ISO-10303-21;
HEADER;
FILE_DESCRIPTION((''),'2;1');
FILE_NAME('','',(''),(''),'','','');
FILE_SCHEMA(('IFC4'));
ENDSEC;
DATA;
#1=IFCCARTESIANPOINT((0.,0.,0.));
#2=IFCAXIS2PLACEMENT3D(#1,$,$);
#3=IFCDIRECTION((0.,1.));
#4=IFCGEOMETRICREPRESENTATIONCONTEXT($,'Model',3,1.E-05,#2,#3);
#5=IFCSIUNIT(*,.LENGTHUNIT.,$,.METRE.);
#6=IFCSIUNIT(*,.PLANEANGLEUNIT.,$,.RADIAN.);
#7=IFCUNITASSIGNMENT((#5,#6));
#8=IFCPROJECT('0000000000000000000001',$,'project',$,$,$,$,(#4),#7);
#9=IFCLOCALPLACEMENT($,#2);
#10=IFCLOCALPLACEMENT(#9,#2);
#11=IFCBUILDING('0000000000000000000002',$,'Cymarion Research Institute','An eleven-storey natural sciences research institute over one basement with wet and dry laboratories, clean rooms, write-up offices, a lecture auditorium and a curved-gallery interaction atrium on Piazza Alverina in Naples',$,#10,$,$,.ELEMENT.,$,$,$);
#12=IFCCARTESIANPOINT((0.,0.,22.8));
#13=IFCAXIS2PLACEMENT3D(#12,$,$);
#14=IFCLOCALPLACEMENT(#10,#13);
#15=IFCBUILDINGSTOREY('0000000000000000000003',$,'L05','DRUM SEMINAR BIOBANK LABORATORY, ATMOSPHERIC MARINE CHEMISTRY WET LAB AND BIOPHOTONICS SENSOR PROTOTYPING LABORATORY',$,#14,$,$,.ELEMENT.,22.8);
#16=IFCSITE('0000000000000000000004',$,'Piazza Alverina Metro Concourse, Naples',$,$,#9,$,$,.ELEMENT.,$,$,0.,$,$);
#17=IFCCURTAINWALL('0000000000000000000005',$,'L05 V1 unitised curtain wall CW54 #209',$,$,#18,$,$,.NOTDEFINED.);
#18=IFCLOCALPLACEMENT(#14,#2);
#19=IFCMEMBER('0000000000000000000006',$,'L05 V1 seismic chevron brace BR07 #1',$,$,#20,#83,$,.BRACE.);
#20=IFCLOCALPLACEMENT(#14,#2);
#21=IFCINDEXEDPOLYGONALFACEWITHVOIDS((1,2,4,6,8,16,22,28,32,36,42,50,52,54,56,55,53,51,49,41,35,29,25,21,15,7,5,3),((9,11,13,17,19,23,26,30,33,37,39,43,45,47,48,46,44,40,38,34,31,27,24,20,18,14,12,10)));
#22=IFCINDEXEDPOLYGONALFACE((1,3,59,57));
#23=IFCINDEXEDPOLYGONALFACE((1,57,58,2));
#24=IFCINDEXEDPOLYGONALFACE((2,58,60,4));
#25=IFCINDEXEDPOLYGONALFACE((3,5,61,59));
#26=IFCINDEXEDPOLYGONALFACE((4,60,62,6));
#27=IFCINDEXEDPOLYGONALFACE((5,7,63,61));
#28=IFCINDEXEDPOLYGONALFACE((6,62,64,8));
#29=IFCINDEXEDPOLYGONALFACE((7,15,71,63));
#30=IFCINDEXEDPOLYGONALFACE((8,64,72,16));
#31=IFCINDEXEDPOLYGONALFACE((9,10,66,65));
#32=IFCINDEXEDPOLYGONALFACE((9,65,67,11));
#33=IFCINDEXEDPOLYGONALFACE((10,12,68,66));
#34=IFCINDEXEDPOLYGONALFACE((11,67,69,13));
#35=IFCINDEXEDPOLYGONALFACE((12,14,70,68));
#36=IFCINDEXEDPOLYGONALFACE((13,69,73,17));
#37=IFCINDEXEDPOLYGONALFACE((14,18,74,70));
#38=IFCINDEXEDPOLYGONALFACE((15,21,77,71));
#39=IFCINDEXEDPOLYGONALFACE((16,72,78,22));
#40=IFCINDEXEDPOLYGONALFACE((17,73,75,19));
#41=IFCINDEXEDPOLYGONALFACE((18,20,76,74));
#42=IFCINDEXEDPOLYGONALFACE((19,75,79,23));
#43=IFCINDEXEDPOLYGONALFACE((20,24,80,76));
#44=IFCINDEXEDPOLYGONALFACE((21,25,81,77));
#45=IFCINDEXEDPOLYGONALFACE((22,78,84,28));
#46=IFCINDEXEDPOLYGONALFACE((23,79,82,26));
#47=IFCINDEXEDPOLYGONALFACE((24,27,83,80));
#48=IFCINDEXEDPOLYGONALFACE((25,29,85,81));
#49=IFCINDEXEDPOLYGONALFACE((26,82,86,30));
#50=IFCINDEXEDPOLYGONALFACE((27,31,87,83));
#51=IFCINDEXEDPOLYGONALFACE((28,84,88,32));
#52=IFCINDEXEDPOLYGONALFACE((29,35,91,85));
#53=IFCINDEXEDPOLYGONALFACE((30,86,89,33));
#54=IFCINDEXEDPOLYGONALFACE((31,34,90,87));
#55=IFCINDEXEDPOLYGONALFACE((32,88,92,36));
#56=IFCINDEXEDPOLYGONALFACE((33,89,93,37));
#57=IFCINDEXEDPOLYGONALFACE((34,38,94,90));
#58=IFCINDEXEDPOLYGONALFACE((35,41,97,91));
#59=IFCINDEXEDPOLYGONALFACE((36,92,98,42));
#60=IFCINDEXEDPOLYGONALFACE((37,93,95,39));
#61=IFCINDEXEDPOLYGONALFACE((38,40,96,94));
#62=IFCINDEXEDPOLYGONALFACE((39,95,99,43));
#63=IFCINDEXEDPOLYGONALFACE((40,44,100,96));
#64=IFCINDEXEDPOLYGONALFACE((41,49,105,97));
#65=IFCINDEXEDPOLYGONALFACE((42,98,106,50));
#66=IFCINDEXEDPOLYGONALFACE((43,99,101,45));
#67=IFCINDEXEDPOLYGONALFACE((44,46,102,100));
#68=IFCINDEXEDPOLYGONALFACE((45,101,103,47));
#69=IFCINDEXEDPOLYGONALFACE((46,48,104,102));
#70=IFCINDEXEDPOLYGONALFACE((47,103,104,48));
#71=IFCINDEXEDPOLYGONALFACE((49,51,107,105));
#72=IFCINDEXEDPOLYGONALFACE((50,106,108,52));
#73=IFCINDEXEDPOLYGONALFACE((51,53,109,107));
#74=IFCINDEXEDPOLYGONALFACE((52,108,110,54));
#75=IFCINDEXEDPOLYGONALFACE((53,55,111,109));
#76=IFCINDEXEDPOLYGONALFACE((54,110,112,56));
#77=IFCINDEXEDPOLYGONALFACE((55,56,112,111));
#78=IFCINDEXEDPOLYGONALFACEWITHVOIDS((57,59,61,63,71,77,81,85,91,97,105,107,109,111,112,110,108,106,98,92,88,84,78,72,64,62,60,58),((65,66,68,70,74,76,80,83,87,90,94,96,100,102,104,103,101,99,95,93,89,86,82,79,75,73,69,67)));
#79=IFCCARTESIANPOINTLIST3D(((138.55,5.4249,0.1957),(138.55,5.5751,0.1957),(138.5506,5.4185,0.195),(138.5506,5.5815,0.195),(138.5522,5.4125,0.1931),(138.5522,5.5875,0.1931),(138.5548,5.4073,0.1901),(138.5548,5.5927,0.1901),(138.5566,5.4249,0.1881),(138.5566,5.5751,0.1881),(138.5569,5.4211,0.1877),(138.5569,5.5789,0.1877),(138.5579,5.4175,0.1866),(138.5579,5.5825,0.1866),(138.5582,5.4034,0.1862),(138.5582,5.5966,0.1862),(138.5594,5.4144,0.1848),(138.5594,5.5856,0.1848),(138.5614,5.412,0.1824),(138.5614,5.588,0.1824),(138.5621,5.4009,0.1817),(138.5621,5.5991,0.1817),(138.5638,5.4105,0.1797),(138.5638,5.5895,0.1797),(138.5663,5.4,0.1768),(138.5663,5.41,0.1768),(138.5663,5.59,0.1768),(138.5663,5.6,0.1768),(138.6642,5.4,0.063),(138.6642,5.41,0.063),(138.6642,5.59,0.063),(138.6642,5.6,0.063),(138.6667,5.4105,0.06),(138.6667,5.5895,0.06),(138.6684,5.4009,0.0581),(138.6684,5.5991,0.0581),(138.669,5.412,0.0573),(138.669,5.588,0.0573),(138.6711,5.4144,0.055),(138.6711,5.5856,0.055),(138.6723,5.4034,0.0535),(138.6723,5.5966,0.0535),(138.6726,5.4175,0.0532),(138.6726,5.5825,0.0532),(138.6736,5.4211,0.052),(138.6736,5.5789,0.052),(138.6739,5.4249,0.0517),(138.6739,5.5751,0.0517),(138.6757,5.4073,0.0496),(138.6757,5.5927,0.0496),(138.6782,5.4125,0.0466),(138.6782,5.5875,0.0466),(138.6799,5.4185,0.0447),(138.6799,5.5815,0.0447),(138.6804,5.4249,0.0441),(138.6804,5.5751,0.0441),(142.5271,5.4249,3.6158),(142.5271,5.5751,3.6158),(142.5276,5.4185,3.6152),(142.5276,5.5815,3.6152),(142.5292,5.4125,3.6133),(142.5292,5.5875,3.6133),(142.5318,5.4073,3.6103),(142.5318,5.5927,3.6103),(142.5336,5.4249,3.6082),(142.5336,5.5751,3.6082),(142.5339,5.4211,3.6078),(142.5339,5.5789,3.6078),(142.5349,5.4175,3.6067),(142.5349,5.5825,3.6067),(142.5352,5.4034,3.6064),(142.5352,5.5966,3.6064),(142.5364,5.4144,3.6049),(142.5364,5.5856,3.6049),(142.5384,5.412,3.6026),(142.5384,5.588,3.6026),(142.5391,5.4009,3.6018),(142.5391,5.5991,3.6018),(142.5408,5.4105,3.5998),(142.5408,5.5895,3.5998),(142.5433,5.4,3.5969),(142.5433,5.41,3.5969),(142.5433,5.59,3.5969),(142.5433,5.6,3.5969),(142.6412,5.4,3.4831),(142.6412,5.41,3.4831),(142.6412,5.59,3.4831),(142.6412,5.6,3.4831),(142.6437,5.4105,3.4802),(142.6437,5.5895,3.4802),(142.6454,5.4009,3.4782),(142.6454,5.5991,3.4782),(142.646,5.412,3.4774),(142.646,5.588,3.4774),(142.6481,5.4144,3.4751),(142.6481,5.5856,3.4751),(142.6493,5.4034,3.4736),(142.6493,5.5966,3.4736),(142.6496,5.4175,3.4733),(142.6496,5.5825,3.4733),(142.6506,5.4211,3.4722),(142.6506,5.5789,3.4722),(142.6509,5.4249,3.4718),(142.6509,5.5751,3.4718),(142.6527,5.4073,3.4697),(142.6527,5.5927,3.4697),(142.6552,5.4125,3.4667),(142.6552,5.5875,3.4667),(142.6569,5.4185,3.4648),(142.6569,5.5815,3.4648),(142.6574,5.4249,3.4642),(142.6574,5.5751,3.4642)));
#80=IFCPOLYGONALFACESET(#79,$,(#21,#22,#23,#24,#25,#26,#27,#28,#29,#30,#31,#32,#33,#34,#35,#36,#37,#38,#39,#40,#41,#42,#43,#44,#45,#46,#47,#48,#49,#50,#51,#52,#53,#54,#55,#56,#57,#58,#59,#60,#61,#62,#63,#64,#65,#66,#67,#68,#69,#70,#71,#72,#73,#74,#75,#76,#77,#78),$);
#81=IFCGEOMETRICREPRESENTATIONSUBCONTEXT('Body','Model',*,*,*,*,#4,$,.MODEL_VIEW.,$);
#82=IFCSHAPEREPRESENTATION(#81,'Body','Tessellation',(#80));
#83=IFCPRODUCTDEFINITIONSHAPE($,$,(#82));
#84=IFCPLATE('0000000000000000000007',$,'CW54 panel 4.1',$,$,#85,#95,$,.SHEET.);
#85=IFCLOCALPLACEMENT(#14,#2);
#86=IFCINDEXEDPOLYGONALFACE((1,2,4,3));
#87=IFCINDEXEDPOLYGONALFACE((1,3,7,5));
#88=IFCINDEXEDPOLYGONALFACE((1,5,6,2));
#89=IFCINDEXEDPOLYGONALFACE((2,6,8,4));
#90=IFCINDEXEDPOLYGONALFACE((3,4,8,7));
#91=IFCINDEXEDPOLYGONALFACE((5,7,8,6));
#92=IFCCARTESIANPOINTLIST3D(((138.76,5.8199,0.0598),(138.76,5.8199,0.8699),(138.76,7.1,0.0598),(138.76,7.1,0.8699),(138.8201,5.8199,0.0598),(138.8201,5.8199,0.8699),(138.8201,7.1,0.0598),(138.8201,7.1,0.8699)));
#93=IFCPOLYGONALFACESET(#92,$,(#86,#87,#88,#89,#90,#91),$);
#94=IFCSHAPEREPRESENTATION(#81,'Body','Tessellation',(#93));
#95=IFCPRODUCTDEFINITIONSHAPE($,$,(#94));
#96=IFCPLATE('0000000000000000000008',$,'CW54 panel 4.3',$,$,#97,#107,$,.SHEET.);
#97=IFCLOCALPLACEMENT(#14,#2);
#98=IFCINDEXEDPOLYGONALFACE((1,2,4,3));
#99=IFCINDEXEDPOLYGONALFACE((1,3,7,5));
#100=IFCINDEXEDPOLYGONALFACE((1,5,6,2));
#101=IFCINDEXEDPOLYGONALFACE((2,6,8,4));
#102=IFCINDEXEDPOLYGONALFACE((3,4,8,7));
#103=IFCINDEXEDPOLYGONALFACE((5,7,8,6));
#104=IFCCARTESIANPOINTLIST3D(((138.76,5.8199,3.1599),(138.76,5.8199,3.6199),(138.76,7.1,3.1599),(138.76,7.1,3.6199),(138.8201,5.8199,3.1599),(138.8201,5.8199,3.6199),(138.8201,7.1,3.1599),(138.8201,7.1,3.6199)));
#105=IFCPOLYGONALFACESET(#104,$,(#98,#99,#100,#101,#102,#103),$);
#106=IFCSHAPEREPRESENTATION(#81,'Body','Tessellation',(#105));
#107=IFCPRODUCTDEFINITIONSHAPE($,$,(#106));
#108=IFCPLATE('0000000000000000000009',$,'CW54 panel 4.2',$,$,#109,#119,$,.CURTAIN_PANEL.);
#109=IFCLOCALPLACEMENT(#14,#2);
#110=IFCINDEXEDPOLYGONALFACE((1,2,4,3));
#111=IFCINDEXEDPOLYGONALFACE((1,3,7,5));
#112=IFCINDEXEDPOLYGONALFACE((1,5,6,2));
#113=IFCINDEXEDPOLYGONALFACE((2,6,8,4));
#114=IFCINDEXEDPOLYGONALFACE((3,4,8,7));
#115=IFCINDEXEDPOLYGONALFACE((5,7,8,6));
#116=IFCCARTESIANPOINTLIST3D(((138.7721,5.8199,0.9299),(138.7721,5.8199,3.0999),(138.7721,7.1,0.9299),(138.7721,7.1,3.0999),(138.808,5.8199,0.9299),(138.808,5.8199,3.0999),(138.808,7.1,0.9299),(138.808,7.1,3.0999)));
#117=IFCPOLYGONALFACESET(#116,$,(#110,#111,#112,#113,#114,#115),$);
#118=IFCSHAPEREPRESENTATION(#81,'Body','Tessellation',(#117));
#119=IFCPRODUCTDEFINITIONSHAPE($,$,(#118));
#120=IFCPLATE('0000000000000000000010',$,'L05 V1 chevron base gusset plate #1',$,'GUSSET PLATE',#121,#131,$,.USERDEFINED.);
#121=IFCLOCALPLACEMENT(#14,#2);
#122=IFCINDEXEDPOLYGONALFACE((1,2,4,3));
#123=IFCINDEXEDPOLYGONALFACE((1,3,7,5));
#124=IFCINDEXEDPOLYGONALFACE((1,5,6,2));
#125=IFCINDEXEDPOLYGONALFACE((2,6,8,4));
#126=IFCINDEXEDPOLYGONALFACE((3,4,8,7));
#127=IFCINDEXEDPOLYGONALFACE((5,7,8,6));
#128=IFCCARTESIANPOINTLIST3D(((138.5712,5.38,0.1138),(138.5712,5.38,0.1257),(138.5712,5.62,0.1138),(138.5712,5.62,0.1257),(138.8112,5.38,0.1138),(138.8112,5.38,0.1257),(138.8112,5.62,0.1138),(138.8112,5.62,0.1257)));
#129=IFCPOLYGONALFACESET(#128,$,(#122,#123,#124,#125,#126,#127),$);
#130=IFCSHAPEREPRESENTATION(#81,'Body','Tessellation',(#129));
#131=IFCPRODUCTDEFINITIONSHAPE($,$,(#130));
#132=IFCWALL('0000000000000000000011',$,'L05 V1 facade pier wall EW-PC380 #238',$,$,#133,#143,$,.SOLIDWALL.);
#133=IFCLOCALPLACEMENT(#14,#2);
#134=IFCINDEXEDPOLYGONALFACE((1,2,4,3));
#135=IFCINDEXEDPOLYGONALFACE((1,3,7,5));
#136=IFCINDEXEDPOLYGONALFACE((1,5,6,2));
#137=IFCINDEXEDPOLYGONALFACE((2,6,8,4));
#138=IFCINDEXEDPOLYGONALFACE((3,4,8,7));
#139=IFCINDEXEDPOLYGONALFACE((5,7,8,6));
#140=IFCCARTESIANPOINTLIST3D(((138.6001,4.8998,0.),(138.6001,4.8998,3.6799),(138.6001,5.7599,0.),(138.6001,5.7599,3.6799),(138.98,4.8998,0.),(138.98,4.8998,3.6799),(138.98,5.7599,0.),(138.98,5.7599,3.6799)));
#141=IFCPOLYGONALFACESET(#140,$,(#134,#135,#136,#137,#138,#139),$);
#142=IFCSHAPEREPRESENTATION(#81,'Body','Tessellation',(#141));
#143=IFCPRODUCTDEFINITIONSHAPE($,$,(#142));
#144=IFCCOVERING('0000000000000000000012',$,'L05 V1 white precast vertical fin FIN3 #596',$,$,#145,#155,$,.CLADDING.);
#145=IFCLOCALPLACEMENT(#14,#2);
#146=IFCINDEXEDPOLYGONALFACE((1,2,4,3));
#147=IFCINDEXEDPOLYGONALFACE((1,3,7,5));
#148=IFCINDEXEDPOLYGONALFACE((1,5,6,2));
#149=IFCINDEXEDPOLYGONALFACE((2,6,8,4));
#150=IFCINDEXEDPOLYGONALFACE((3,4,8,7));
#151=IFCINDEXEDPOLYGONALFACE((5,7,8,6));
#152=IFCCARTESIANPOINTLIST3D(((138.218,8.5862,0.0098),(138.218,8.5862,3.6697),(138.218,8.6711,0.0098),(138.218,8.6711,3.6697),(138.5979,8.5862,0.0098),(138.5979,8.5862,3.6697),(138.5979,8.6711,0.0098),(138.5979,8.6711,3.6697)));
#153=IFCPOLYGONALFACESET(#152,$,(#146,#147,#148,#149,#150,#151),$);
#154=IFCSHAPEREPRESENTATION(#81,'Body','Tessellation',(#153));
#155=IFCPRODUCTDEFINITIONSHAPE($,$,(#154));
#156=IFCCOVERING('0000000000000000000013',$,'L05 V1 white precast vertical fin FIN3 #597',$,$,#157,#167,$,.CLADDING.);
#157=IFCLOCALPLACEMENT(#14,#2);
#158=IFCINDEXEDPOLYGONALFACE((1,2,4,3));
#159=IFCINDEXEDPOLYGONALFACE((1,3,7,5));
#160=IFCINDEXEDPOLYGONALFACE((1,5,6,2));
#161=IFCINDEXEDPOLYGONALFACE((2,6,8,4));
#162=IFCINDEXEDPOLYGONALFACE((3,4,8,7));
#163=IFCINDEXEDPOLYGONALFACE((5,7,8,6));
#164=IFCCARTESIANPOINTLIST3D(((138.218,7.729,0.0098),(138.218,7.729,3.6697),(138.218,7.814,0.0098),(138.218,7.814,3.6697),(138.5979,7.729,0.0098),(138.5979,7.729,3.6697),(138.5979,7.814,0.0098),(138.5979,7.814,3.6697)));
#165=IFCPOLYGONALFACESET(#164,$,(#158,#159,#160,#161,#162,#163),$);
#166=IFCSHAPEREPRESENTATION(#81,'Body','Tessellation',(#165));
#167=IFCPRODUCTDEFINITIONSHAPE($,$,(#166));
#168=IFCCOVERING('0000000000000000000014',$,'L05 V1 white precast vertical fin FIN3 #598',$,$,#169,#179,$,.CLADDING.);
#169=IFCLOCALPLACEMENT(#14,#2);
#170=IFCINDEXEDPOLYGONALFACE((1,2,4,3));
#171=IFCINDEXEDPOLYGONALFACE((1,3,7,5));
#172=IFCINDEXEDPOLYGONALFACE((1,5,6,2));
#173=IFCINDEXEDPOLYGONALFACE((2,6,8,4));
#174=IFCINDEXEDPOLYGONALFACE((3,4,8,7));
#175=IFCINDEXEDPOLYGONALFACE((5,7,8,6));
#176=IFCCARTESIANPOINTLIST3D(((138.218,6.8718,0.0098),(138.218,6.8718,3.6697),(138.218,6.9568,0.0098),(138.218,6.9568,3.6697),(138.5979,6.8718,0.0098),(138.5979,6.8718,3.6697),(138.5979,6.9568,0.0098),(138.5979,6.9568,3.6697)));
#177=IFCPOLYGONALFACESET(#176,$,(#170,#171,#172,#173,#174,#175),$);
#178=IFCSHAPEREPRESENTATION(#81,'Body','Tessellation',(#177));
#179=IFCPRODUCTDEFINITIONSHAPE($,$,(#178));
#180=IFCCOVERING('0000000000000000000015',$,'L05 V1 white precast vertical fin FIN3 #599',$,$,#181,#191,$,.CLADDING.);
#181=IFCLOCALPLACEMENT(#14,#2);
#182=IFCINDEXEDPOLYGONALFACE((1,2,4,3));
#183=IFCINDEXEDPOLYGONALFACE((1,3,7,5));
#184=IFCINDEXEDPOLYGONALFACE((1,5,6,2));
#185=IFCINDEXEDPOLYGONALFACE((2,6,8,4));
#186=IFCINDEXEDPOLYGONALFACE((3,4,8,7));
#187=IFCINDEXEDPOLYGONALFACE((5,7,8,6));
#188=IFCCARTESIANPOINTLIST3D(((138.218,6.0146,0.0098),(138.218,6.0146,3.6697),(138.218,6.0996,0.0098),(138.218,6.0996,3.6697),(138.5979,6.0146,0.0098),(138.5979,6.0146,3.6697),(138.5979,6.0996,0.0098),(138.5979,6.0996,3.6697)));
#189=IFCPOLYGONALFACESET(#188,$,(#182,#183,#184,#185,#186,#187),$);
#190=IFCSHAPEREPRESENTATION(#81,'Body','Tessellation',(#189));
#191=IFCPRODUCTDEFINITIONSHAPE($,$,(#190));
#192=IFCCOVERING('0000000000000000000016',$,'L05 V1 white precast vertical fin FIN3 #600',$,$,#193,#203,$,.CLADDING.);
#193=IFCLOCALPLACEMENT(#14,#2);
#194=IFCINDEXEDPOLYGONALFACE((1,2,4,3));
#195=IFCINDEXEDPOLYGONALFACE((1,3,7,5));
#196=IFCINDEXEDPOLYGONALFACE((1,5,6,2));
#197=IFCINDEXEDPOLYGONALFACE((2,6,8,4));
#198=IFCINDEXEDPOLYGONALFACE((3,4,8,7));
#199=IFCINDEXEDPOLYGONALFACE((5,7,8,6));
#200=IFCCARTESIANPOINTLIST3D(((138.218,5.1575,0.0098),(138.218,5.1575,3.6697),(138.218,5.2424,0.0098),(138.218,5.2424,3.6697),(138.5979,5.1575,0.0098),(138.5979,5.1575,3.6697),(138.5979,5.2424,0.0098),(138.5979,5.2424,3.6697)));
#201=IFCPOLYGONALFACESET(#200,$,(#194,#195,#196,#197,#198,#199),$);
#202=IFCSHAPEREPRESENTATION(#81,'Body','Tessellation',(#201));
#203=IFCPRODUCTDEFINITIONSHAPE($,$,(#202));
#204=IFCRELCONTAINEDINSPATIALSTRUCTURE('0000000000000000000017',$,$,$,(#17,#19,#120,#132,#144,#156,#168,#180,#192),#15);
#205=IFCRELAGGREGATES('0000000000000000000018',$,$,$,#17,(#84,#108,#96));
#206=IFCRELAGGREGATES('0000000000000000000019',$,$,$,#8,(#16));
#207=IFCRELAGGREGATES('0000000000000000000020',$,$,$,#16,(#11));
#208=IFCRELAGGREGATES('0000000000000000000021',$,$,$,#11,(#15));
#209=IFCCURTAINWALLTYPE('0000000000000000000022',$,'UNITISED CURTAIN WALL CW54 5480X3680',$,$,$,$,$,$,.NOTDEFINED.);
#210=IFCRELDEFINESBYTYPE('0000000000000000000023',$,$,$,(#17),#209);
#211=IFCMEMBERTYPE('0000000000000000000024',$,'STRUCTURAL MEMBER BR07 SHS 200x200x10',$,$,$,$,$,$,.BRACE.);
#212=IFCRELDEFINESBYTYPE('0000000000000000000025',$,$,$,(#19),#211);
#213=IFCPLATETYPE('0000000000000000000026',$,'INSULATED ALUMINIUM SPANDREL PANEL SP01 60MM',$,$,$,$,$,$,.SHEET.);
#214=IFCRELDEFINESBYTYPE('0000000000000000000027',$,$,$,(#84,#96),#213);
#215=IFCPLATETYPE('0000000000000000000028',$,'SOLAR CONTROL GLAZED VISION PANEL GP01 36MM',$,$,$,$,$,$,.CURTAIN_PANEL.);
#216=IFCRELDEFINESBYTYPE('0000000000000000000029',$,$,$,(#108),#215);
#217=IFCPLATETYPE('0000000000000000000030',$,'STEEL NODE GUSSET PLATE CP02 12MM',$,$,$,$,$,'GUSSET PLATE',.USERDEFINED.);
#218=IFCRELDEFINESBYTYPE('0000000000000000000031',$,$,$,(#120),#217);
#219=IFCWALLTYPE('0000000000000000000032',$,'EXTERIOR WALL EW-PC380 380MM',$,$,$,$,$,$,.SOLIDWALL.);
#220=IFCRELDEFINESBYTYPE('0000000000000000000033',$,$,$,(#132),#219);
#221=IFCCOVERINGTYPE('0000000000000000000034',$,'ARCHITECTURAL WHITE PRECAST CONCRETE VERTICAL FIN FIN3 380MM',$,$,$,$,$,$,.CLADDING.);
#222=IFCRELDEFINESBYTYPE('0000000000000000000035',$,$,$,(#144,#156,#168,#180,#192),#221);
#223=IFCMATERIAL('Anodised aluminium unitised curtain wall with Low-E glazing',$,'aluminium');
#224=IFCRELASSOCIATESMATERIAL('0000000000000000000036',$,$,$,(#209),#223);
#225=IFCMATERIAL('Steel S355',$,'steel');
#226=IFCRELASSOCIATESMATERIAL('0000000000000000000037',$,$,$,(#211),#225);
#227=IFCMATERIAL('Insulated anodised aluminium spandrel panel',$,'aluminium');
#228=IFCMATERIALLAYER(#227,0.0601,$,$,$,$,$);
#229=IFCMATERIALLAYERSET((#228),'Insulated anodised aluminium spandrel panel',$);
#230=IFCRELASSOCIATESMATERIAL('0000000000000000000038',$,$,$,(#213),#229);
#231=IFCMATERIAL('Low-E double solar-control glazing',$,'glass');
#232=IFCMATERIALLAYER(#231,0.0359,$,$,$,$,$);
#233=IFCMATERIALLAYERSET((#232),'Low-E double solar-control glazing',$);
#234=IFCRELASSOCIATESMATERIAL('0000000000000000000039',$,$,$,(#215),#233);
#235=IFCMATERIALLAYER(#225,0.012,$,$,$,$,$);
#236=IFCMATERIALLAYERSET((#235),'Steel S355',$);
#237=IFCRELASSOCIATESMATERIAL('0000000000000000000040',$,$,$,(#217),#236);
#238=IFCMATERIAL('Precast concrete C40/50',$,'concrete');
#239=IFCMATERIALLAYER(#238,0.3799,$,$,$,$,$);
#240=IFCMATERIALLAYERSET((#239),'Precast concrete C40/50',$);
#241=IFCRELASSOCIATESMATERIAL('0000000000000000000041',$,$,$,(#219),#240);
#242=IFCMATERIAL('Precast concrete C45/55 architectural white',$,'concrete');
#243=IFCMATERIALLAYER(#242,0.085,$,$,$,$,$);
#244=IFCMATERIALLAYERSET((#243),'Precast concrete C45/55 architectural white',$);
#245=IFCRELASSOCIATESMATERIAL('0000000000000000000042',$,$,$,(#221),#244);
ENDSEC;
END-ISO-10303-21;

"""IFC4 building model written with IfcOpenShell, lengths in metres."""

from ifc_helpers import new_model, si_unit, direction, frame, frame_2d, origin, origin_2d, place, context, subcontext, project, spatial, rectangle, hollow_rectangle, extrude, material, layer, layer_set, material_profile, profile_set, type_object, element, aggregate, save


model = new_model("IFC4")

# Units and contexts
model_context = context("Model", 3, precision=1e-05, world=origin(), true_north=direction((0.0, 1.0)))
body_context = subcontext(model_context, "Body", "Model", "MODEL_VIEW")
ifc_project = project(units=[si_unit("LENGTHUNIT", "METRE"), si_unit("PLANEANGLEUNIT", "RADIAN")], contexts=[model_context])

# Site, building, storey
site_placement = place(None, origin())
site = spatial("IfcSite", under=ifc_project, at=site_placement, Name="Piazza Alverina Metro Concourse, Naples", CompositionType="ELEMENT", RefElevation=0.0)
building_placement = place(site_placement, origin())
building = spatial("IfcBuilding", under=site, at=building_placement, Name="Cymarion Research Institute", Description="An eleven-storey natural sciences research institute over one basement with wet and dry laboratories, clean rooms, write-up offices, a lecture auditorium and a curved-gallery interaction atrium on Piazza Alverina in Naples", CompositionType="ELEMENT")
storey_placement = place(building_placement, frame((0.0, 0.0, 22.8)))
storey = spatial("IfcBuildingStorey", under=building, at=storey_placement, Name="L05", Description="DRUM SEMINAR BIOBANK LABORATORY, ATMOSPHERIC MARINE CHEMISTRY WET LAB AND BIOPHOTONICS SENSOR PROTOTYPING LABORATORY", CompositionType="ELEMENT", Elevation=22.8)

# Shared definitions
ifc_material_1 = material(Name="Steel S355", Category="steel")

# Curtain wall
ifc_material_2 = material(Name="Anodised aluminium unitised curtain wall with Low-E glazing", Category="aluminium")
curtain_wall_type = type_object("IfcCurtainWallType", Name="UNITISED CURTAIN WALL CW54 5480X3680", PredefinedType="NOTDEFINED", material=ifc_material_2)
curtain_wall_placement = place(storey_placement, origin())
curtain_wall = element("IfcCurtainWall", 1, at=curtain_wall_placement, inside=storey, type_object=curtain_wall_type, Name="L05 V1 unitised curtain wall CW54 #209", PredefinedType="NOTDEFINED")

# Member
ifc_material_profile_1 = material_profile(ifc_material_1, hollow_rectangle(XDim=0.2, YDim=0.2, WallThickness=0.01, InnerFilletRadius=0.0149, OuterFilletRadius=0.0249, at=origin_2d()), Name="SHS 200x200x10")
ifc_profile_set_1 = profile_set([ifc_material_profile_1], Name="Steel S355")
member_type_1 = type_object("IfcMemberType", Name="STRUCTURAL MEMBER BR07 SHS 200x200x10", PredefinedType="BRACE", material=ifc_profile_set_1)
member_1_placement = place(storey_placement, frame((138.6152, 5.5, 0.1199), z_axis=(0.758194, 0.0, 0.652029), x_axis=(0.0, 1.0, 0.0)))
element("IfcMember", 2, at=member_1_placement, inside=storey, type_object=member_type_1, Name="L05 V1 seismic chevron brace BR07 #1", PredefinedType="BRACE", context=body_context, shape_type="SweptSolid", body=[
    extrude(hollow_rectangle(XDim=0.2, YDim=0.2, WallThickness=0.01, InnerFilletRadius=0.0149, OuterFilletRadius=0.0249, at=origin_2d()), origin(), (0.0, 0.0, 1.0), 5.2454),
])

# Plates
ifc_material_3 = material(Name="Insulated anodised aluminium spandrel panel", Category="aluminium")
ifc_layer_1 = layer(ifc_material_3, 0.0601)
ifc_layer_set_1 = layer_set([ifc_layer_1], Name="Insulated anodised aluminium spandrel panel")
plate_type_1 = type_object("IfcPlateType", Name="INSULATED ALUMINIUM SPANDREL PANEL SP01 60MM", PredefinedType="SHEET", material=ifc_layer_set_1)
plate_1_placement = place(storey_placement, frame((138.79, 6.46, 0.0598), z_axis=(0.0, 0.0, 1.0), x_axis=(0.0, -1.0, 0.0)))
plate_1 = element("IfcPlate", 3, at=plate_1_placement, type_object=plate_type_1, Name="CW54 panel 4.1", PredefinedType="SHEET", context=body_context, shape_type="SweptSolid", body=[
    extrude(rectangle(XDim=1.28, YDim=0.0601, at=origin_2d()), origin(), (0.0, 0.0, 1.0), 0.8101),
])
plate_2_placement = place(storey_placement, frame((138.79, 6.46, 3.1599), z_axis=(0.0, 0.0, 1.0), x_axis=(0.0, -1.0, 0.0)))
plate_2 = element("IfcPlate", 4, at=plate_2_placement, type_object=plate_type_1, Name="CW54 panel 4.3", PredefinedType="SHEET", context=body_context, shape_type="SweptSolid", body=[
    extrude(rectangle(XDim=1.28, YDim=0.0601, at=origin_2d()), origin(), (0.0, 0.0, 1.0), 0.46),
])
ifc_material_4 = material(Name="Low-E double solar-control glazing", Category="glass")
ifc_layer_2 = layer(ifc_material_4, 0.0359)
ifc_layer_set_2 = layer_set([ifc_layer_2], Name="Low-E double solar-control glazing")
plate_type_2 = type_object("IfcPlateType", Name="SOLAR CONTROL GLAZED VISION PANEL GP01 36MM", PredefinedType="CURTAIN_PANEL", material=ifc_layer_set_2)
plate_3_placement = place(storey_placement, frame((138.79, 6.46, 0.9299), z_axis=(0.0, 0.0, 1.0), x_axis=(0.0, -1.0, 0.0)))
plate_3 = element("IfcPlate", 5, at=plate_3_placement, type_object=plate_type_2, Name="CW54 panel 4.2", PredefinedType="CURTAIN_PANEL", context=body_context, shape_type="SweptSolid", body=[
    extrude(rectangle(XDim=1.28, YDim=0.0359, at=origin_2d()), origin(), (0.0, 0.0, 1.0), 2.1699),
])
aggregate(curtain_wall, [plate_1, plate_3, plate_2])
ifc_layer_3 = layer(ifc_material_1, 0.012)
ifc_layer_set_3 = layer_set([ifc_layer_3], Name="Steel S355")
plate_type_3 = type_object("IfcPlateType", Name="STEEL NODE GUSSET PLATE CP02 12MM", ElementType="GUSSET PLATE", PredefinedType="USERDEFINED", material=ifc_layer_set_3)
plate_4_placement = place(storey_placement, frame((138.6912, 5.5, 0.1138), z_axis=(0.0, 0.0, 1.0), x_axis=(1.0, 0.0, 0.0)))
element("IfcPlate", 6, at=plate_4_placement, inside=storey, type_object=plate_type_3, Name="L05 V1 chevron base gusset plate #1", ObjectType="GUSSET PLATE", PredefinedType="USERDEFINED", context=body_context, shape_type="SweptSolid", body=[
    extrude(rectangle(XDim=0.24, YDim=0.24, at=origin_2d()), origin(), (0.0, 0.0, 1.0), 0.012),
])

# Wall
ifc_material_5 = material(Name="Precast concrete C40/50", Category="concrete")
ifc_layer_4 = layer(ifc_material_5, 0.3799)
ifc_layer_set_4 = layer_set([ifc_layer_4], Name="Precast concrete C40/50")
wall_type = type_object("IfcWallType", Name="EXTERIOR WALL EW-PC380 380MM", PredefinedType="SOLIDWALL", material=ifc_layer_set_4)
wall_placement = place(storey_placement, frame((138.79, 5.76, 0.0), z_axis=(0.0, 0.0, 1.0), x_axis=(0.0, -1.0, 0.0)))
element("IfcWall", 7, at=wall_placement, inside=storey, type_object=wall_type, Name="L05 V1 facade pier wall EW-PC380 #238", PredefinedType="SOLIDWALL", context=body_context, shape_type="SweptSolid", body=[
    extrude(rectangle(XDim=0.8601, YDim=0.3799, at=frame_2d((0.4302, 0.0))), origin(), (0.0, 0.0, 1.0), 3.6799),
])

# Coverings
ifc_material_6 = material(Name="Precast concrete C45/55 architectural white", Category="concrete")
ifc_layer_5 = layer(ifc_material_6, 0.085)
ifc_layer_set_5 = layer_set([ifc_layer_5], Name="Precast concrete C45/55 architectural white")
covering_type = type_object("IfcCoveringType", Name="ARCHITECTURAL WHITE PRECAST CONCRETE VERTICAL FIN FIN3 380MM", PredefinedType="CLADDING", material=ifc_layer_set_5)
for number, where, z_axis, x_axis, name in (
    (8, (138.408, 8.6287, 0.0098), (0.0, 0.0, 1.0), (-1.0, 0.0, 0.0), "L05 V1 white precast vertical fin FIN3 #596"),
    (9, (138.408, 7.7715, 0.0098), (0.0, 0.0, 1.0), (-1.0, 0.0, 0.0), "L05 V1 white precast vertical fin FIN3 #597"),
    (10, (138.408, 6.9143, 0.0098), (0.0, 0.0, 1.0), (-1.0, 0.0, 0.0), "L05 V1 white precast vertical fin FIN3 #598"),
    (11, (138.408, 6.0571, 0.0098), (0.0, 0.0, 1.0), (-1.0, 0.0, 0.0), "L05 V1 white precast vertical fin FIN3 #599"),
    (12, (138.408, 5.2, 0.0098), (0.0, 0.0, 1.0), (-1.0, 0.0, 0.0), "L05 V1 white precast vertical fin FIN3 #600"),
):
    element("IfcCovering", number, at=place(storey_placement, frame(where, z_axis=z_axis, x_axis=x_axis)), inside=storey, type_object=covering_type, Name=name, PredefinedType="CLADDING", context=body_context, shape_type="SweptSolid", body=[
        extrude(rectangle(XDim=0.3799, YDim=0.085, at=origin_2d()), origin(), (0.0, 0.0, 1.0), 3.6599),
    ])

save(model, "model.ifc")
